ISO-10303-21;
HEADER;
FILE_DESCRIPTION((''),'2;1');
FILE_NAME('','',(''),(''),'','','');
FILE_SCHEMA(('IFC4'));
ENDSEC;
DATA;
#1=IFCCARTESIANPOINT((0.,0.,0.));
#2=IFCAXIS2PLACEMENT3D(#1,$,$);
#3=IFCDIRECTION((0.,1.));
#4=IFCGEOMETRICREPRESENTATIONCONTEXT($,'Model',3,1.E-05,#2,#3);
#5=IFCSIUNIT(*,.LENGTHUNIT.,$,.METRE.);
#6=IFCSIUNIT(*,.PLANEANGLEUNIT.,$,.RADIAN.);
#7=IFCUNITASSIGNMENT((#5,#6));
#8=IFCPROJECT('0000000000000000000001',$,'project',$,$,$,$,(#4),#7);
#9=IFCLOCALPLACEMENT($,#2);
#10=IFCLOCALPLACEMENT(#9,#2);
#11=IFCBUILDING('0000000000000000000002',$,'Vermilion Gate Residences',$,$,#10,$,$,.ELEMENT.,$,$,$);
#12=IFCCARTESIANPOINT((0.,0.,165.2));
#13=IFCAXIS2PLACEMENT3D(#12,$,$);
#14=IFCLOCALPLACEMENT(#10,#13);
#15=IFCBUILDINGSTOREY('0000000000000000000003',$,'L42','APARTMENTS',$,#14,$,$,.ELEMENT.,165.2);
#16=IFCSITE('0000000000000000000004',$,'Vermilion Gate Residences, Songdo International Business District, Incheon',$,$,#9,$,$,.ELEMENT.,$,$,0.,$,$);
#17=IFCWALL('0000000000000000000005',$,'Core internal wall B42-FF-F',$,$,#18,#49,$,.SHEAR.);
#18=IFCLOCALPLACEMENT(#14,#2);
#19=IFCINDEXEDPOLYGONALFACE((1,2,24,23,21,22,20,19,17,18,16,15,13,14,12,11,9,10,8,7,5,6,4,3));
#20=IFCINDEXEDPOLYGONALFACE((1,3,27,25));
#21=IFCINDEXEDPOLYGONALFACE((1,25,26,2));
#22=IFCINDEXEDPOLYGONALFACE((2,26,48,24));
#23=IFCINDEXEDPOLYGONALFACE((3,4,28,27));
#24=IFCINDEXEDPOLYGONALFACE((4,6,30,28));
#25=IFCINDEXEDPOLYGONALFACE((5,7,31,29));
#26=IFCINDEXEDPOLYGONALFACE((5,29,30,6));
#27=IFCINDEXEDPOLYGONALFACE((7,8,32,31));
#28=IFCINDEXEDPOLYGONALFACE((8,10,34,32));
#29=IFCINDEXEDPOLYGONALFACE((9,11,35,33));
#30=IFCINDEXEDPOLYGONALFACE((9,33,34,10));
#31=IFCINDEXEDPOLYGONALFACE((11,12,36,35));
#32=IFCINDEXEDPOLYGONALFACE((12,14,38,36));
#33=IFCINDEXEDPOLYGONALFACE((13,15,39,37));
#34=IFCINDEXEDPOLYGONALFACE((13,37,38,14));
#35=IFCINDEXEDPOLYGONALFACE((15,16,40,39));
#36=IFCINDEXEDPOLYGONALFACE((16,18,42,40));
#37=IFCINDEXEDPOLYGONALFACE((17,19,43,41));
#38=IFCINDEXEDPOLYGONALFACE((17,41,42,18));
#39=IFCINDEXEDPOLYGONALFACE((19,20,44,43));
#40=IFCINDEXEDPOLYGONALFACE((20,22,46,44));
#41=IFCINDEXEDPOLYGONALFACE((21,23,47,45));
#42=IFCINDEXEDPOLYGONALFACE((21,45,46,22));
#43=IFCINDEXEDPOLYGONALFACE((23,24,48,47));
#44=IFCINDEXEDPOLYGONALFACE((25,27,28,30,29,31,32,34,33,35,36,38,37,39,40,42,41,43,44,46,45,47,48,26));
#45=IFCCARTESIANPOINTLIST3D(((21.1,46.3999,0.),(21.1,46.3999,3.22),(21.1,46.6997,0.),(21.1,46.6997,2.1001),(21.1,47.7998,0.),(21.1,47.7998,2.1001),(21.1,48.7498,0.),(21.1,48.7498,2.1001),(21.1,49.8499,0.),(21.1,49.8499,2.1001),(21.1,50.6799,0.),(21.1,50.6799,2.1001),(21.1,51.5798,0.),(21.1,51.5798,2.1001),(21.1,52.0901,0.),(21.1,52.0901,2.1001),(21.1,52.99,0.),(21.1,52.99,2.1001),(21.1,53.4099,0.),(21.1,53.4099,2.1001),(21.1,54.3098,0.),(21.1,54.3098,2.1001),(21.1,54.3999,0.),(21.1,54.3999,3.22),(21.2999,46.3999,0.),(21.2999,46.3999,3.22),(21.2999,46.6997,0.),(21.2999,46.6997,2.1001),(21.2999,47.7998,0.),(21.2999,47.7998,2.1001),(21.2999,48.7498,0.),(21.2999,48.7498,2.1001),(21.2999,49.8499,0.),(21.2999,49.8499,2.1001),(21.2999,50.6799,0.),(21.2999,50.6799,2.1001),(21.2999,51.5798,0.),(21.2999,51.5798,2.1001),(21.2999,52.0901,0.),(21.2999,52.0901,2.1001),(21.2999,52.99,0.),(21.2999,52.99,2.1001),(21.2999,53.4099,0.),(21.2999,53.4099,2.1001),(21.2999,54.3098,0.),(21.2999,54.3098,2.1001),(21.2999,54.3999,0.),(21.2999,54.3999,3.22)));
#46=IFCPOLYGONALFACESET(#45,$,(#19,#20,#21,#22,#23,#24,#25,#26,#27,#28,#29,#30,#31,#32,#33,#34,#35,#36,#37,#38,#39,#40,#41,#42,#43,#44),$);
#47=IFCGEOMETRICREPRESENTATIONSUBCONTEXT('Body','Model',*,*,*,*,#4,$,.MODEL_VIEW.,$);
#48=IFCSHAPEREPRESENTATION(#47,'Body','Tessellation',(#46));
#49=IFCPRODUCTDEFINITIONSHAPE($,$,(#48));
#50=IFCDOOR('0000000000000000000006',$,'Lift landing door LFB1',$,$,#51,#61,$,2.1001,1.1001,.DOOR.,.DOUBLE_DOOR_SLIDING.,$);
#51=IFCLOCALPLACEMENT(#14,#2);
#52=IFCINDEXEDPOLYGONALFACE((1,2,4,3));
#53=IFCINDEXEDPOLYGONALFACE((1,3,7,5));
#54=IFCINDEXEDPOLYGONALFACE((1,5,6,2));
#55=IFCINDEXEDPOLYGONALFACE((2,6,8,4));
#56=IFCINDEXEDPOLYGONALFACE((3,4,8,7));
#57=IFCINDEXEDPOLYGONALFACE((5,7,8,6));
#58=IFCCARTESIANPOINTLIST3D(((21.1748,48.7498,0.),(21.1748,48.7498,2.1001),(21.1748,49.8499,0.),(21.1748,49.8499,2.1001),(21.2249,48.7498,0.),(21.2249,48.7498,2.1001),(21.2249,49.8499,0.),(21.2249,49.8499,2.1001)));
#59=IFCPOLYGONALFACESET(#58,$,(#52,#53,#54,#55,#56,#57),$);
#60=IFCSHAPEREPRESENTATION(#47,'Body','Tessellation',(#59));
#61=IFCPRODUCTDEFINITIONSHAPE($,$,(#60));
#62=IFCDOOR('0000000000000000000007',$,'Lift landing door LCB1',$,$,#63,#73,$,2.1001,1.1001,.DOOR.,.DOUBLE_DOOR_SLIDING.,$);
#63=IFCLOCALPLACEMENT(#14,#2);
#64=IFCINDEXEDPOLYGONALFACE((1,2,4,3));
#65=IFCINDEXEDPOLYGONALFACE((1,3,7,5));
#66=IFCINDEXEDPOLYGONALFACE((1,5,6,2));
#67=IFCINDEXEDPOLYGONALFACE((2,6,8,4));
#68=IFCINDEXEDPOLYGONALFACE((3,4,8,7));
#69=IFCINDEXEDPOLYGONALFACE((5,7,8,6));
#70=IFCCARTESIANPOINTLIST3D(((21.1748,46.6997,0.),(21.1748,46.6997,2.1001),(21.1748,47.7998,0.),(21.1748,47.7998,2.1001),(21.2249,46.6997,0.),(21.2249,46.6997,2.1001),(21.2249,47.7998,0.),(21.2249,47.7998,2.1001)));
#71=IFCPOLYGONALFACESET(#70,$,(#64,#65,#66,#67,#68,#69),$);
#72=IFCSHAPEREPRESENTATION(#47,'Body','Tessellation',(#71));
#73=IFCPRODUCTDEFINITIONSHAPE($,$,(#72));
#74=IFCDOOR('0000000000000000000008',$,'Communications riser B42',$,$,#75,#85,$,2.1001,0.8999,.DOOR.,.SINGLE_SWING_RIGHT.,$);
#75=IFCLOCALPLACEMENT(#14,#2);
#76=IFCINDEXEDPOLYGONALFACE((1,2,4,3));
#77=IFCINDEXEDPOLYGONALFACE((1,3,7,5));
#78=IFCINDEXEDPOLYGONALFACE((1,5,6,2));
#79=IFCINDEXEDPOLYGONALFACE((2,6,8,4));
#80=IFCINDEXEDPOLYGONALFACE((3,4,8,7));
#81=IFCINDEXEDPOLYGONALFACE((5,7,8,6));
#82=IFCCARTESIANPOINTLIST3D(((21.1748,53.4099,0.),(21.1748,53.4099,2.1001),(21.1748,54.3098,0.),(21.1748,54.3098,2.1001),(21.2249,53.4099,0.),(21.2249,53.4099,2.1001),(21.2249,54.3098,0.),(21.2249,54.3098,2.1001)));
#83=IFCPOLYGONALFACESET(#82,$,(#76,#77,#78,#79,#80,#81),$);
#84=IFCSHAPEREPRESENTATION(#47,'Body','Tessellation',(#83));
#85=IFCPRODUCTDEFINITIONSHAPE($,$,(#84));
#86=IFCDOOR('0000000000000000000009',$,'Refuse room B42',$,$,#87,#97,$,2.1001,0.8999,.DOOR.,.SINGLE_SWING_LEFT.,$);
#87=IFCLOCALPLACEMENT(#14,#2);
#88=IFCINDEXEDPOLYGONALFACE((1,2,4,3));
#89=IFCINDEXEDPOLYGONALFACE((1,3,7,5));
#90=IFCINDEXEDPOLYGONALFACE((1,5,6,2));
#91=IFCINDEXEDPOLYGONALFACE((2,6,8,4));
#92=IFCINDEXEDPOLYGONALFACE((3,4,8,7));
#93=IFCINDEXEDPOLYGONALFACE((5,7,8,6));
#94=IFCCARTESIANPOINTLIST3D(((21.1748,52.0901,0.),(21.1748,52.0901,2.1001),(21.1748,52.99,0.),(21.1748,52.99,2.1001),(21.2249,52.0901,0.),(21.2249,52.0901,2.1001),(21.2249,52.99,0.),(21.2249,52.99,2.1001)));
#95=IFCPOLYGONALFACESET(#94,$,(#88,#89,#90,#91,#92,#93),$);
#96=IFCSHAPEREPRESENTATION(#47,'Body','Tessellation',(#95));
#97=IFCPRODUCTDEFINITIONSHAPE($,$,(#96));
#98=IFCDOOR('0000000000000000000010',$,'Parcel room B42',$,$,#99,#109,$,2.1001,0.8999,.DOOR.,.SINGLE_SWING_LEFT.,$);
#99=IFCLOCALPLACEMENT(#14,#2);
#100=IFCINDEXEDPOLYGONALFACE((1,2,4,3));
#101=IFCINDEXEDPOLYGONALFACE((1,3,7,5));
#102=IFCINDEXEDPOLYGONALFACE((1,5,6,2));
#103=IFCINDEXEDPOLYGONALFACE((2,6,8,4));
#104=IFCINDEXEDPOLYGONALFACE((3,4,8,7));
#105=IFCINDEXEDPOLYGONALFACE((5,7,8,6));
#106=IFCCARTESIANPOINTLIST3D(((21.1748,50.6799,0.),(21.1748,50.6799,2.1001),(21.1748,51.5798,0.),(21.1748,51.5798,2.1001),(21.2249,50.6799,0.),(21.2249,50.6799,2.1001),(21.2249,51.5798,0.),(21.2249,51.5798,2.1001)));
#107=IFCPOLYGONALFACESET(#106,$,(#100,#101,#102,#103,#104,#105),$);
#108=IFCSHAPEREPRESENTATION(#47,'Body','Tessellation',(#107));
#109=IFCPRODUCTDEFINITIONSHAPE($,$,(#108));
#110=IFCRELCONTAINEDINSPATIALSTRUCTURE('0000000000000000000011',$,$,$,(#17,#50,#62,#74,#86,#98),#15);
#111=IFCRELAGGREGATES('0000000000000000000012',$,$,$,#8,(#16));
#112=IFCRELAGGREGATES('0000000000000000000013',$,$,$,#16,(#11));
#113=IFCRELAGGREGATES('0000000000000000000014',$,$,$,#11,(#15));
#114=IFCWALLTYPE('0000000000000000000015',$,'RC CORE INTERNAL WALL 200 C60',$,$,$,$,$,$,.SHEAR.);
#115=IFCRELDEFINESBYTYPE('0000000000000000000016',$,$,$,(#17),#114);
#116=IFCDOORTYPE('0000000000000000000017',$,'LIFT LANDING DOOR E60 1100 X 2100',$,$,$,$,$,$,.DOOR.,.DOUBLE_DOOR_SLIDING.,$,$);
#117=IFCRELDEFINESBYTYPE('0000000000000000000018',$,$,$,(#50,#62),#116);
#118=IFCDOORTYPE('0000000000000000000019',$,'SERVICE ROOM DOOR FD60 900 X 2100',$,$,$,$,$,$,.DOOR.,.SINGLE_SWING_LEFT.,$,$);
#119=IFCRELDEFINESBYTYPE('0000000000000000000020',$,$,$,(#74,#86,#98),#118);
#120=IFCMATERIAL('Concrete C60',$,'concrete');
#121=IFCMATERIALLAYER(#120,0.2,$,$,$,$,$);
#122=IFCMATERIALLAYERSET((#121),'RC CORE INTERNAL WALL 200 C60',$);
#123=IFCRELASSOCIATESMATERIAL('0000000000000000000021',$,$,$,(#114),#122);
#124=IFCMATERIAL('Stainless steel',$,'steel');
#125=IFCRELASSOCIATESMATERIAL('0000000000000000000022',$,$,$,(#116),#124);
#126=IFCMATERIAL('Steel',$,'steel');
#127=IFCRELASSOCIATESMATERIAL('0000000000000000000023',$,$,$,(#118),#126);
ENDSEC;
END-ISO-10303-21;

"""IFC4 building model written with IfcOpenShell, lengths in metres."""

from ifc_helpers import new_model, si_unit, direction, frame, frame_2d, origin, place, context, subcontext, project, spatial, rectangle, extrude, material, layer, layer_set, type_object, element, fill, save


model = new_model("IFC4")

# Units and contexts
model_context = context("Model", 3, precision=1e-05, world=origin(), true_north=direction((0.0, 1.0)))
body_context = subcontext(model_context, "Body", "Model", "MODEL_VIEW")
ifc_project = project(units=[si_unit("LENGTHUNIT", "METRE"), si_unit("PLANEANGLEUNIT", "RADIAN")], contexts=[model_context])

# Site, building, storey
site_placement = place(None, origin())
site = spatial("IfcSite", under=ifc_project, at=site_placement, Name="Vermilion Gate Residences, Songdo International Business District, Incheon", CompositionType="ELEMENT", RefElevation=0.0)
building_placement = place(site_placement, origin())
building = spatial("IfcBuilding", under=site, at=building_placement, Name="Vermilion Gate Residences", CompositionType="ELEMENT")
storey_placement = place(building_placement, frame((0.0, 0.0, 165.2)))
storey = spatial("IfcBuildingStorey", under=building, at=storey_placement, Name="L42", Description="APARTMENTS", CompositionType="ELEMENT", Elevation=165.2)

# Shared definitions
ifc_material_1 = material(Name="Concrete C60", Category="concrete")
ifc_layer_1 = layer(ifc_material_1, 0.2)
ifc_layer_set_1 = layer_set([ifc_layer_1], Name="RC CORE INTERNAL WALL 200 C60")
wall_type_1 = type_object("IfcWallType", Name="RC CORE INTERNAL WALL 200 C60", PredefinedType="SHEAR", material=ifc_layer_set_1)

# Wall, openings, doors
wall_1_placement = place(storey_placement, frame((21.2, 54.3999, 0.0), z_axis=(0.0, 0.0, 1.0), x_axis=(0.0, -1.0, 0.0)))
wall_1 = element("IfcWall", 1, at=wall_1_placement, inside=storey, type_object=wall_type_1, Name="Core internal wall B42-FF-F", PredefinedType="SHEAR", context=body_context, shape_type="SweptSolid", body=[
    extrude(rectangle(XDim=8.0, YDim=0.2, at=frame_2d((4.0, 0.0))), origin(), (0.0, 0.0, 1.0), 3.22),
])
opening_1_placement = place(wall_1_placement, frame((0.0901, 0.0, 0.0)))
opening_1 = element("IfcOpeningElement", 2, at=opening_1_placement, cuts=wall_1, PredefinedType="OPENING", context=body_context, shape_type="SweptSolid", body=[
    extrude(rectangle(XDim=0.8999, YDim=2.1001, at=frame_2d((0.45, 1.05))), frame((0.0, 0.1099, 0.0), z_axis=(0.0, -1.0, 0.0), x_axis=(1.0, 0.0, 0.0)), (0.0, 0.0, 1.0), 0.22),
])
opening_2_placement = place(wall_1_placement, frame((1.4099, 0.0, 0.0)))
opening_2 = element("IfcOpeningElement", 3, at=opening_2_placement, cuts=wall_1, PredefinedType="OPENING", context=body_context, shape_type="SweptSolid", body=[
    extrude(rectangle(XDim=0.8999, YDim=2.1001, at=frame_2d((0.45, 1.05))), frame((0.0, 0.1099, 0.0), z_axis=(0.0, -1.0, 0.0), x_axis=(1.0, 0.0, 0.0)), (0.0, 0.0, 1.0), 0.22),
])
opening_3_placement = place(wall_1_placement, frame((2.8201, 0.0, 0.0)))
opening_3 = element("IfcOpeningElement", 4, at=opening_3_placement, cuts=wall_1, PredefinedType="OPENING", context=body_context, shape_type="SweptSolid", body=[
    extrude(rectangle(XDim=0.8999, YDim=2.1001, at=frame_2d((0.45, 1.05))), frame((0.0, 0.1099, 0.0), z_axis=(0.0, -1.0, 0.0), x_axis=(1.0, 0.0, 0.0)), (0.0, 0.0, 1.0), 0.22),
])
opening_4_placement = place(wall_1_placement, frame((4.55, 0.0, 0.0)))
opening_4 = element("IfcOpeningElement", 5, at=opening_4_placement, cuts=wall_1, PredefinedType="OPENING", context=body_context, shape_type="SweptSolid", body=[
    extrude(rectangle(XDim=1.1001, YDim=2.1001, at=frame_2d((0.55, 1.05))), frame((0.0, 0.1099, 0.0), z_axis=(0.0, -1.0, 0.0), x_axis=(1.0, 0.0, 0.0)), (0.0, 0.0, 1.0), 0.22),
])
opening_5_placement = place(wall_1_placement, frame((6.6001, 0.0, 0.0)))
opening_5 = element("IfcOpeningElement", 6, at=opening_5_placement, cuts=wall_1, PredefinedType="OPENING", context=body_context, shape_type="SweptSolid", body=[
    extrude(rectangle(XDim=1.1001, YDim=2.1001, at=frame_2d((0.55, 1.05))), frame((0.0, 0.1099, 0.0), z_axis=(0.0, -1.0, 0.0), x_axis=(1.0, 0.0, 0.0)), (0.0, 0.0, 1.0), 0.22),
])
ifc_material_2 = material(Name="Stainless steel", Category="steel")
door_type_1 = type_object("IfcDoorType", Name="LIFT LANDING DOOR E60 1100 X 2100", OperationType="DOUBLE_DOOR_SLIDING", PredefinedType="DOOR", material=ifc_material_2)
door_1_placement = place(opening_4_placement, origin())
door_1 = element("IfcDoor", 7, at=door_1_placement, inside=storey, type_object=door_type_1, Name="Lift landing door LFB1", OperationType="DOUBLE_DOOR_SLIDING", OverallHeight=2.1001, OverallWidth=1.1001, PredefinedType="DOOR", context=body_context, shape_type="SweptSolid", body=[
    extrude(rectangle(XDim=1.1001, YDim=2.1001, at=frame_2d((0.55, 1.05))), frame((0.0, 0.0249, 0.0), z_axis=(0.0, -1.0, 0.0), x_axis=(1.0, 0.0, 0.0)), (0.0, 0.0, 1.0), 0.05),
])
fill(opening_4, door_1)
door_2_placement = place(opening_5_placement, origin())
door_2 = element("IfcDoor", 8, at=door_2_placement, inside=storey, type_object=door_type_1, Name="Lift landing door LCB1", OperationType="DOUBLE_DOOR_SLIDING", OverallHeight=2.1001, OverallWidth=1.1001, PredefinedType="DOOR", context=body_context, shape_type="SweptSolid", body=[
    extrude(rectangle(XDim=1.1001, YDim=2.1001, at=frame_2d((0.55, 1.05))), frame((0.0, 0.0249, 0.0), z_axis=(0.0, -1.0, 0.0), x_axis=(1.0, 0.0, 0.0)), (0.0, 0.0, 1.0), 0.05),
])
fill(opening_5, door_2)
ifc_material_3 = material(Name="Steel", Category="steel")
door_type_2 = type_object("IfcDoorType", Name="SERVICE ROOM DOOR FD60 900 X 2100", OperationType="SINGLE_SWING_LEFT", PredefinedType="DOOR", material=ifc_material_3)
door_3_placement = place(opening_1_placement, origin())
door_3 = element("IfcDoor", 9, at=door_3_placement, inside=storey, type_object=door_type_2, Name="Communications riser B42", OperationType="SINGLE_SWING_RIGHT", OverallHeight=2.1001, OverallWidth=0.8999, PredefinedType="DOOR", context=body_context, shape_type="SweptSolid", body=[
    extrude(rectangle(XDim=0.8999, YDim=2.1001, at=frame_2d((0.45, 1.05))), frame((0.0, 0.0249, 0.0), z_axis=(0.0, -1.0, 0.0), x_axis=(1.0, 0.0, 0.0)), (0.0, 0.0, 1.0), 0.05),
])
fill(opening_1, door_3)
door_4_placement = place(opening_2_placement, origin())
door_4 = element("IfcDoor", 10, at=door_4_placement, inside=storey, type_object=door_type_2, Name="Refuse room B42", OperationType="SINGLE_SWING_LEFT", OverallHeight=2.1001, OverallWidth=0.8999, PredefinedType="DOOR", context=body_context, shape_type="SweptSolid", body=[
    extrude(rectangle(XDim=0.8999, YDim=2.1001, at=frame_2d((0.45, 1.05))), frame((0.0, 0.0249, 0.0), z_axis=(0.0, -1.0, 0.0), x_axis=(1.0, 0.0, 0.0)), (0.0, 0.0, 1.0), 0.05),
])
fill(opening_2, door_4)
door_5_placement = place(opening_3_placement, origin())
door_5 = element("IfcDoor", 11, at=door_5_placement, inside=storey, type_object=door_type_2, Name="Parcel room B42", OperationType="SINGLE_SWING_LEFT", OverallHeight=2.1001, OverallWidth=0.8999, PredefinedType="DOOR", context=body_context, shape_type="SweptSolid", body=[
    extrude(rectangle(XDim=0.8999, YDim=2.1001, at=frame_2d((0.45, 1.05))), frame((0.0, 0.0249, 0.0), z_axis=(0.0, -1.0, 0.0), x_axis=(1.0, 0.0, 0.0)), (0.0, 0.0, 1.0), 0.05),
])
fill(opening_3, door_5)

save(model, "model.ifc")
